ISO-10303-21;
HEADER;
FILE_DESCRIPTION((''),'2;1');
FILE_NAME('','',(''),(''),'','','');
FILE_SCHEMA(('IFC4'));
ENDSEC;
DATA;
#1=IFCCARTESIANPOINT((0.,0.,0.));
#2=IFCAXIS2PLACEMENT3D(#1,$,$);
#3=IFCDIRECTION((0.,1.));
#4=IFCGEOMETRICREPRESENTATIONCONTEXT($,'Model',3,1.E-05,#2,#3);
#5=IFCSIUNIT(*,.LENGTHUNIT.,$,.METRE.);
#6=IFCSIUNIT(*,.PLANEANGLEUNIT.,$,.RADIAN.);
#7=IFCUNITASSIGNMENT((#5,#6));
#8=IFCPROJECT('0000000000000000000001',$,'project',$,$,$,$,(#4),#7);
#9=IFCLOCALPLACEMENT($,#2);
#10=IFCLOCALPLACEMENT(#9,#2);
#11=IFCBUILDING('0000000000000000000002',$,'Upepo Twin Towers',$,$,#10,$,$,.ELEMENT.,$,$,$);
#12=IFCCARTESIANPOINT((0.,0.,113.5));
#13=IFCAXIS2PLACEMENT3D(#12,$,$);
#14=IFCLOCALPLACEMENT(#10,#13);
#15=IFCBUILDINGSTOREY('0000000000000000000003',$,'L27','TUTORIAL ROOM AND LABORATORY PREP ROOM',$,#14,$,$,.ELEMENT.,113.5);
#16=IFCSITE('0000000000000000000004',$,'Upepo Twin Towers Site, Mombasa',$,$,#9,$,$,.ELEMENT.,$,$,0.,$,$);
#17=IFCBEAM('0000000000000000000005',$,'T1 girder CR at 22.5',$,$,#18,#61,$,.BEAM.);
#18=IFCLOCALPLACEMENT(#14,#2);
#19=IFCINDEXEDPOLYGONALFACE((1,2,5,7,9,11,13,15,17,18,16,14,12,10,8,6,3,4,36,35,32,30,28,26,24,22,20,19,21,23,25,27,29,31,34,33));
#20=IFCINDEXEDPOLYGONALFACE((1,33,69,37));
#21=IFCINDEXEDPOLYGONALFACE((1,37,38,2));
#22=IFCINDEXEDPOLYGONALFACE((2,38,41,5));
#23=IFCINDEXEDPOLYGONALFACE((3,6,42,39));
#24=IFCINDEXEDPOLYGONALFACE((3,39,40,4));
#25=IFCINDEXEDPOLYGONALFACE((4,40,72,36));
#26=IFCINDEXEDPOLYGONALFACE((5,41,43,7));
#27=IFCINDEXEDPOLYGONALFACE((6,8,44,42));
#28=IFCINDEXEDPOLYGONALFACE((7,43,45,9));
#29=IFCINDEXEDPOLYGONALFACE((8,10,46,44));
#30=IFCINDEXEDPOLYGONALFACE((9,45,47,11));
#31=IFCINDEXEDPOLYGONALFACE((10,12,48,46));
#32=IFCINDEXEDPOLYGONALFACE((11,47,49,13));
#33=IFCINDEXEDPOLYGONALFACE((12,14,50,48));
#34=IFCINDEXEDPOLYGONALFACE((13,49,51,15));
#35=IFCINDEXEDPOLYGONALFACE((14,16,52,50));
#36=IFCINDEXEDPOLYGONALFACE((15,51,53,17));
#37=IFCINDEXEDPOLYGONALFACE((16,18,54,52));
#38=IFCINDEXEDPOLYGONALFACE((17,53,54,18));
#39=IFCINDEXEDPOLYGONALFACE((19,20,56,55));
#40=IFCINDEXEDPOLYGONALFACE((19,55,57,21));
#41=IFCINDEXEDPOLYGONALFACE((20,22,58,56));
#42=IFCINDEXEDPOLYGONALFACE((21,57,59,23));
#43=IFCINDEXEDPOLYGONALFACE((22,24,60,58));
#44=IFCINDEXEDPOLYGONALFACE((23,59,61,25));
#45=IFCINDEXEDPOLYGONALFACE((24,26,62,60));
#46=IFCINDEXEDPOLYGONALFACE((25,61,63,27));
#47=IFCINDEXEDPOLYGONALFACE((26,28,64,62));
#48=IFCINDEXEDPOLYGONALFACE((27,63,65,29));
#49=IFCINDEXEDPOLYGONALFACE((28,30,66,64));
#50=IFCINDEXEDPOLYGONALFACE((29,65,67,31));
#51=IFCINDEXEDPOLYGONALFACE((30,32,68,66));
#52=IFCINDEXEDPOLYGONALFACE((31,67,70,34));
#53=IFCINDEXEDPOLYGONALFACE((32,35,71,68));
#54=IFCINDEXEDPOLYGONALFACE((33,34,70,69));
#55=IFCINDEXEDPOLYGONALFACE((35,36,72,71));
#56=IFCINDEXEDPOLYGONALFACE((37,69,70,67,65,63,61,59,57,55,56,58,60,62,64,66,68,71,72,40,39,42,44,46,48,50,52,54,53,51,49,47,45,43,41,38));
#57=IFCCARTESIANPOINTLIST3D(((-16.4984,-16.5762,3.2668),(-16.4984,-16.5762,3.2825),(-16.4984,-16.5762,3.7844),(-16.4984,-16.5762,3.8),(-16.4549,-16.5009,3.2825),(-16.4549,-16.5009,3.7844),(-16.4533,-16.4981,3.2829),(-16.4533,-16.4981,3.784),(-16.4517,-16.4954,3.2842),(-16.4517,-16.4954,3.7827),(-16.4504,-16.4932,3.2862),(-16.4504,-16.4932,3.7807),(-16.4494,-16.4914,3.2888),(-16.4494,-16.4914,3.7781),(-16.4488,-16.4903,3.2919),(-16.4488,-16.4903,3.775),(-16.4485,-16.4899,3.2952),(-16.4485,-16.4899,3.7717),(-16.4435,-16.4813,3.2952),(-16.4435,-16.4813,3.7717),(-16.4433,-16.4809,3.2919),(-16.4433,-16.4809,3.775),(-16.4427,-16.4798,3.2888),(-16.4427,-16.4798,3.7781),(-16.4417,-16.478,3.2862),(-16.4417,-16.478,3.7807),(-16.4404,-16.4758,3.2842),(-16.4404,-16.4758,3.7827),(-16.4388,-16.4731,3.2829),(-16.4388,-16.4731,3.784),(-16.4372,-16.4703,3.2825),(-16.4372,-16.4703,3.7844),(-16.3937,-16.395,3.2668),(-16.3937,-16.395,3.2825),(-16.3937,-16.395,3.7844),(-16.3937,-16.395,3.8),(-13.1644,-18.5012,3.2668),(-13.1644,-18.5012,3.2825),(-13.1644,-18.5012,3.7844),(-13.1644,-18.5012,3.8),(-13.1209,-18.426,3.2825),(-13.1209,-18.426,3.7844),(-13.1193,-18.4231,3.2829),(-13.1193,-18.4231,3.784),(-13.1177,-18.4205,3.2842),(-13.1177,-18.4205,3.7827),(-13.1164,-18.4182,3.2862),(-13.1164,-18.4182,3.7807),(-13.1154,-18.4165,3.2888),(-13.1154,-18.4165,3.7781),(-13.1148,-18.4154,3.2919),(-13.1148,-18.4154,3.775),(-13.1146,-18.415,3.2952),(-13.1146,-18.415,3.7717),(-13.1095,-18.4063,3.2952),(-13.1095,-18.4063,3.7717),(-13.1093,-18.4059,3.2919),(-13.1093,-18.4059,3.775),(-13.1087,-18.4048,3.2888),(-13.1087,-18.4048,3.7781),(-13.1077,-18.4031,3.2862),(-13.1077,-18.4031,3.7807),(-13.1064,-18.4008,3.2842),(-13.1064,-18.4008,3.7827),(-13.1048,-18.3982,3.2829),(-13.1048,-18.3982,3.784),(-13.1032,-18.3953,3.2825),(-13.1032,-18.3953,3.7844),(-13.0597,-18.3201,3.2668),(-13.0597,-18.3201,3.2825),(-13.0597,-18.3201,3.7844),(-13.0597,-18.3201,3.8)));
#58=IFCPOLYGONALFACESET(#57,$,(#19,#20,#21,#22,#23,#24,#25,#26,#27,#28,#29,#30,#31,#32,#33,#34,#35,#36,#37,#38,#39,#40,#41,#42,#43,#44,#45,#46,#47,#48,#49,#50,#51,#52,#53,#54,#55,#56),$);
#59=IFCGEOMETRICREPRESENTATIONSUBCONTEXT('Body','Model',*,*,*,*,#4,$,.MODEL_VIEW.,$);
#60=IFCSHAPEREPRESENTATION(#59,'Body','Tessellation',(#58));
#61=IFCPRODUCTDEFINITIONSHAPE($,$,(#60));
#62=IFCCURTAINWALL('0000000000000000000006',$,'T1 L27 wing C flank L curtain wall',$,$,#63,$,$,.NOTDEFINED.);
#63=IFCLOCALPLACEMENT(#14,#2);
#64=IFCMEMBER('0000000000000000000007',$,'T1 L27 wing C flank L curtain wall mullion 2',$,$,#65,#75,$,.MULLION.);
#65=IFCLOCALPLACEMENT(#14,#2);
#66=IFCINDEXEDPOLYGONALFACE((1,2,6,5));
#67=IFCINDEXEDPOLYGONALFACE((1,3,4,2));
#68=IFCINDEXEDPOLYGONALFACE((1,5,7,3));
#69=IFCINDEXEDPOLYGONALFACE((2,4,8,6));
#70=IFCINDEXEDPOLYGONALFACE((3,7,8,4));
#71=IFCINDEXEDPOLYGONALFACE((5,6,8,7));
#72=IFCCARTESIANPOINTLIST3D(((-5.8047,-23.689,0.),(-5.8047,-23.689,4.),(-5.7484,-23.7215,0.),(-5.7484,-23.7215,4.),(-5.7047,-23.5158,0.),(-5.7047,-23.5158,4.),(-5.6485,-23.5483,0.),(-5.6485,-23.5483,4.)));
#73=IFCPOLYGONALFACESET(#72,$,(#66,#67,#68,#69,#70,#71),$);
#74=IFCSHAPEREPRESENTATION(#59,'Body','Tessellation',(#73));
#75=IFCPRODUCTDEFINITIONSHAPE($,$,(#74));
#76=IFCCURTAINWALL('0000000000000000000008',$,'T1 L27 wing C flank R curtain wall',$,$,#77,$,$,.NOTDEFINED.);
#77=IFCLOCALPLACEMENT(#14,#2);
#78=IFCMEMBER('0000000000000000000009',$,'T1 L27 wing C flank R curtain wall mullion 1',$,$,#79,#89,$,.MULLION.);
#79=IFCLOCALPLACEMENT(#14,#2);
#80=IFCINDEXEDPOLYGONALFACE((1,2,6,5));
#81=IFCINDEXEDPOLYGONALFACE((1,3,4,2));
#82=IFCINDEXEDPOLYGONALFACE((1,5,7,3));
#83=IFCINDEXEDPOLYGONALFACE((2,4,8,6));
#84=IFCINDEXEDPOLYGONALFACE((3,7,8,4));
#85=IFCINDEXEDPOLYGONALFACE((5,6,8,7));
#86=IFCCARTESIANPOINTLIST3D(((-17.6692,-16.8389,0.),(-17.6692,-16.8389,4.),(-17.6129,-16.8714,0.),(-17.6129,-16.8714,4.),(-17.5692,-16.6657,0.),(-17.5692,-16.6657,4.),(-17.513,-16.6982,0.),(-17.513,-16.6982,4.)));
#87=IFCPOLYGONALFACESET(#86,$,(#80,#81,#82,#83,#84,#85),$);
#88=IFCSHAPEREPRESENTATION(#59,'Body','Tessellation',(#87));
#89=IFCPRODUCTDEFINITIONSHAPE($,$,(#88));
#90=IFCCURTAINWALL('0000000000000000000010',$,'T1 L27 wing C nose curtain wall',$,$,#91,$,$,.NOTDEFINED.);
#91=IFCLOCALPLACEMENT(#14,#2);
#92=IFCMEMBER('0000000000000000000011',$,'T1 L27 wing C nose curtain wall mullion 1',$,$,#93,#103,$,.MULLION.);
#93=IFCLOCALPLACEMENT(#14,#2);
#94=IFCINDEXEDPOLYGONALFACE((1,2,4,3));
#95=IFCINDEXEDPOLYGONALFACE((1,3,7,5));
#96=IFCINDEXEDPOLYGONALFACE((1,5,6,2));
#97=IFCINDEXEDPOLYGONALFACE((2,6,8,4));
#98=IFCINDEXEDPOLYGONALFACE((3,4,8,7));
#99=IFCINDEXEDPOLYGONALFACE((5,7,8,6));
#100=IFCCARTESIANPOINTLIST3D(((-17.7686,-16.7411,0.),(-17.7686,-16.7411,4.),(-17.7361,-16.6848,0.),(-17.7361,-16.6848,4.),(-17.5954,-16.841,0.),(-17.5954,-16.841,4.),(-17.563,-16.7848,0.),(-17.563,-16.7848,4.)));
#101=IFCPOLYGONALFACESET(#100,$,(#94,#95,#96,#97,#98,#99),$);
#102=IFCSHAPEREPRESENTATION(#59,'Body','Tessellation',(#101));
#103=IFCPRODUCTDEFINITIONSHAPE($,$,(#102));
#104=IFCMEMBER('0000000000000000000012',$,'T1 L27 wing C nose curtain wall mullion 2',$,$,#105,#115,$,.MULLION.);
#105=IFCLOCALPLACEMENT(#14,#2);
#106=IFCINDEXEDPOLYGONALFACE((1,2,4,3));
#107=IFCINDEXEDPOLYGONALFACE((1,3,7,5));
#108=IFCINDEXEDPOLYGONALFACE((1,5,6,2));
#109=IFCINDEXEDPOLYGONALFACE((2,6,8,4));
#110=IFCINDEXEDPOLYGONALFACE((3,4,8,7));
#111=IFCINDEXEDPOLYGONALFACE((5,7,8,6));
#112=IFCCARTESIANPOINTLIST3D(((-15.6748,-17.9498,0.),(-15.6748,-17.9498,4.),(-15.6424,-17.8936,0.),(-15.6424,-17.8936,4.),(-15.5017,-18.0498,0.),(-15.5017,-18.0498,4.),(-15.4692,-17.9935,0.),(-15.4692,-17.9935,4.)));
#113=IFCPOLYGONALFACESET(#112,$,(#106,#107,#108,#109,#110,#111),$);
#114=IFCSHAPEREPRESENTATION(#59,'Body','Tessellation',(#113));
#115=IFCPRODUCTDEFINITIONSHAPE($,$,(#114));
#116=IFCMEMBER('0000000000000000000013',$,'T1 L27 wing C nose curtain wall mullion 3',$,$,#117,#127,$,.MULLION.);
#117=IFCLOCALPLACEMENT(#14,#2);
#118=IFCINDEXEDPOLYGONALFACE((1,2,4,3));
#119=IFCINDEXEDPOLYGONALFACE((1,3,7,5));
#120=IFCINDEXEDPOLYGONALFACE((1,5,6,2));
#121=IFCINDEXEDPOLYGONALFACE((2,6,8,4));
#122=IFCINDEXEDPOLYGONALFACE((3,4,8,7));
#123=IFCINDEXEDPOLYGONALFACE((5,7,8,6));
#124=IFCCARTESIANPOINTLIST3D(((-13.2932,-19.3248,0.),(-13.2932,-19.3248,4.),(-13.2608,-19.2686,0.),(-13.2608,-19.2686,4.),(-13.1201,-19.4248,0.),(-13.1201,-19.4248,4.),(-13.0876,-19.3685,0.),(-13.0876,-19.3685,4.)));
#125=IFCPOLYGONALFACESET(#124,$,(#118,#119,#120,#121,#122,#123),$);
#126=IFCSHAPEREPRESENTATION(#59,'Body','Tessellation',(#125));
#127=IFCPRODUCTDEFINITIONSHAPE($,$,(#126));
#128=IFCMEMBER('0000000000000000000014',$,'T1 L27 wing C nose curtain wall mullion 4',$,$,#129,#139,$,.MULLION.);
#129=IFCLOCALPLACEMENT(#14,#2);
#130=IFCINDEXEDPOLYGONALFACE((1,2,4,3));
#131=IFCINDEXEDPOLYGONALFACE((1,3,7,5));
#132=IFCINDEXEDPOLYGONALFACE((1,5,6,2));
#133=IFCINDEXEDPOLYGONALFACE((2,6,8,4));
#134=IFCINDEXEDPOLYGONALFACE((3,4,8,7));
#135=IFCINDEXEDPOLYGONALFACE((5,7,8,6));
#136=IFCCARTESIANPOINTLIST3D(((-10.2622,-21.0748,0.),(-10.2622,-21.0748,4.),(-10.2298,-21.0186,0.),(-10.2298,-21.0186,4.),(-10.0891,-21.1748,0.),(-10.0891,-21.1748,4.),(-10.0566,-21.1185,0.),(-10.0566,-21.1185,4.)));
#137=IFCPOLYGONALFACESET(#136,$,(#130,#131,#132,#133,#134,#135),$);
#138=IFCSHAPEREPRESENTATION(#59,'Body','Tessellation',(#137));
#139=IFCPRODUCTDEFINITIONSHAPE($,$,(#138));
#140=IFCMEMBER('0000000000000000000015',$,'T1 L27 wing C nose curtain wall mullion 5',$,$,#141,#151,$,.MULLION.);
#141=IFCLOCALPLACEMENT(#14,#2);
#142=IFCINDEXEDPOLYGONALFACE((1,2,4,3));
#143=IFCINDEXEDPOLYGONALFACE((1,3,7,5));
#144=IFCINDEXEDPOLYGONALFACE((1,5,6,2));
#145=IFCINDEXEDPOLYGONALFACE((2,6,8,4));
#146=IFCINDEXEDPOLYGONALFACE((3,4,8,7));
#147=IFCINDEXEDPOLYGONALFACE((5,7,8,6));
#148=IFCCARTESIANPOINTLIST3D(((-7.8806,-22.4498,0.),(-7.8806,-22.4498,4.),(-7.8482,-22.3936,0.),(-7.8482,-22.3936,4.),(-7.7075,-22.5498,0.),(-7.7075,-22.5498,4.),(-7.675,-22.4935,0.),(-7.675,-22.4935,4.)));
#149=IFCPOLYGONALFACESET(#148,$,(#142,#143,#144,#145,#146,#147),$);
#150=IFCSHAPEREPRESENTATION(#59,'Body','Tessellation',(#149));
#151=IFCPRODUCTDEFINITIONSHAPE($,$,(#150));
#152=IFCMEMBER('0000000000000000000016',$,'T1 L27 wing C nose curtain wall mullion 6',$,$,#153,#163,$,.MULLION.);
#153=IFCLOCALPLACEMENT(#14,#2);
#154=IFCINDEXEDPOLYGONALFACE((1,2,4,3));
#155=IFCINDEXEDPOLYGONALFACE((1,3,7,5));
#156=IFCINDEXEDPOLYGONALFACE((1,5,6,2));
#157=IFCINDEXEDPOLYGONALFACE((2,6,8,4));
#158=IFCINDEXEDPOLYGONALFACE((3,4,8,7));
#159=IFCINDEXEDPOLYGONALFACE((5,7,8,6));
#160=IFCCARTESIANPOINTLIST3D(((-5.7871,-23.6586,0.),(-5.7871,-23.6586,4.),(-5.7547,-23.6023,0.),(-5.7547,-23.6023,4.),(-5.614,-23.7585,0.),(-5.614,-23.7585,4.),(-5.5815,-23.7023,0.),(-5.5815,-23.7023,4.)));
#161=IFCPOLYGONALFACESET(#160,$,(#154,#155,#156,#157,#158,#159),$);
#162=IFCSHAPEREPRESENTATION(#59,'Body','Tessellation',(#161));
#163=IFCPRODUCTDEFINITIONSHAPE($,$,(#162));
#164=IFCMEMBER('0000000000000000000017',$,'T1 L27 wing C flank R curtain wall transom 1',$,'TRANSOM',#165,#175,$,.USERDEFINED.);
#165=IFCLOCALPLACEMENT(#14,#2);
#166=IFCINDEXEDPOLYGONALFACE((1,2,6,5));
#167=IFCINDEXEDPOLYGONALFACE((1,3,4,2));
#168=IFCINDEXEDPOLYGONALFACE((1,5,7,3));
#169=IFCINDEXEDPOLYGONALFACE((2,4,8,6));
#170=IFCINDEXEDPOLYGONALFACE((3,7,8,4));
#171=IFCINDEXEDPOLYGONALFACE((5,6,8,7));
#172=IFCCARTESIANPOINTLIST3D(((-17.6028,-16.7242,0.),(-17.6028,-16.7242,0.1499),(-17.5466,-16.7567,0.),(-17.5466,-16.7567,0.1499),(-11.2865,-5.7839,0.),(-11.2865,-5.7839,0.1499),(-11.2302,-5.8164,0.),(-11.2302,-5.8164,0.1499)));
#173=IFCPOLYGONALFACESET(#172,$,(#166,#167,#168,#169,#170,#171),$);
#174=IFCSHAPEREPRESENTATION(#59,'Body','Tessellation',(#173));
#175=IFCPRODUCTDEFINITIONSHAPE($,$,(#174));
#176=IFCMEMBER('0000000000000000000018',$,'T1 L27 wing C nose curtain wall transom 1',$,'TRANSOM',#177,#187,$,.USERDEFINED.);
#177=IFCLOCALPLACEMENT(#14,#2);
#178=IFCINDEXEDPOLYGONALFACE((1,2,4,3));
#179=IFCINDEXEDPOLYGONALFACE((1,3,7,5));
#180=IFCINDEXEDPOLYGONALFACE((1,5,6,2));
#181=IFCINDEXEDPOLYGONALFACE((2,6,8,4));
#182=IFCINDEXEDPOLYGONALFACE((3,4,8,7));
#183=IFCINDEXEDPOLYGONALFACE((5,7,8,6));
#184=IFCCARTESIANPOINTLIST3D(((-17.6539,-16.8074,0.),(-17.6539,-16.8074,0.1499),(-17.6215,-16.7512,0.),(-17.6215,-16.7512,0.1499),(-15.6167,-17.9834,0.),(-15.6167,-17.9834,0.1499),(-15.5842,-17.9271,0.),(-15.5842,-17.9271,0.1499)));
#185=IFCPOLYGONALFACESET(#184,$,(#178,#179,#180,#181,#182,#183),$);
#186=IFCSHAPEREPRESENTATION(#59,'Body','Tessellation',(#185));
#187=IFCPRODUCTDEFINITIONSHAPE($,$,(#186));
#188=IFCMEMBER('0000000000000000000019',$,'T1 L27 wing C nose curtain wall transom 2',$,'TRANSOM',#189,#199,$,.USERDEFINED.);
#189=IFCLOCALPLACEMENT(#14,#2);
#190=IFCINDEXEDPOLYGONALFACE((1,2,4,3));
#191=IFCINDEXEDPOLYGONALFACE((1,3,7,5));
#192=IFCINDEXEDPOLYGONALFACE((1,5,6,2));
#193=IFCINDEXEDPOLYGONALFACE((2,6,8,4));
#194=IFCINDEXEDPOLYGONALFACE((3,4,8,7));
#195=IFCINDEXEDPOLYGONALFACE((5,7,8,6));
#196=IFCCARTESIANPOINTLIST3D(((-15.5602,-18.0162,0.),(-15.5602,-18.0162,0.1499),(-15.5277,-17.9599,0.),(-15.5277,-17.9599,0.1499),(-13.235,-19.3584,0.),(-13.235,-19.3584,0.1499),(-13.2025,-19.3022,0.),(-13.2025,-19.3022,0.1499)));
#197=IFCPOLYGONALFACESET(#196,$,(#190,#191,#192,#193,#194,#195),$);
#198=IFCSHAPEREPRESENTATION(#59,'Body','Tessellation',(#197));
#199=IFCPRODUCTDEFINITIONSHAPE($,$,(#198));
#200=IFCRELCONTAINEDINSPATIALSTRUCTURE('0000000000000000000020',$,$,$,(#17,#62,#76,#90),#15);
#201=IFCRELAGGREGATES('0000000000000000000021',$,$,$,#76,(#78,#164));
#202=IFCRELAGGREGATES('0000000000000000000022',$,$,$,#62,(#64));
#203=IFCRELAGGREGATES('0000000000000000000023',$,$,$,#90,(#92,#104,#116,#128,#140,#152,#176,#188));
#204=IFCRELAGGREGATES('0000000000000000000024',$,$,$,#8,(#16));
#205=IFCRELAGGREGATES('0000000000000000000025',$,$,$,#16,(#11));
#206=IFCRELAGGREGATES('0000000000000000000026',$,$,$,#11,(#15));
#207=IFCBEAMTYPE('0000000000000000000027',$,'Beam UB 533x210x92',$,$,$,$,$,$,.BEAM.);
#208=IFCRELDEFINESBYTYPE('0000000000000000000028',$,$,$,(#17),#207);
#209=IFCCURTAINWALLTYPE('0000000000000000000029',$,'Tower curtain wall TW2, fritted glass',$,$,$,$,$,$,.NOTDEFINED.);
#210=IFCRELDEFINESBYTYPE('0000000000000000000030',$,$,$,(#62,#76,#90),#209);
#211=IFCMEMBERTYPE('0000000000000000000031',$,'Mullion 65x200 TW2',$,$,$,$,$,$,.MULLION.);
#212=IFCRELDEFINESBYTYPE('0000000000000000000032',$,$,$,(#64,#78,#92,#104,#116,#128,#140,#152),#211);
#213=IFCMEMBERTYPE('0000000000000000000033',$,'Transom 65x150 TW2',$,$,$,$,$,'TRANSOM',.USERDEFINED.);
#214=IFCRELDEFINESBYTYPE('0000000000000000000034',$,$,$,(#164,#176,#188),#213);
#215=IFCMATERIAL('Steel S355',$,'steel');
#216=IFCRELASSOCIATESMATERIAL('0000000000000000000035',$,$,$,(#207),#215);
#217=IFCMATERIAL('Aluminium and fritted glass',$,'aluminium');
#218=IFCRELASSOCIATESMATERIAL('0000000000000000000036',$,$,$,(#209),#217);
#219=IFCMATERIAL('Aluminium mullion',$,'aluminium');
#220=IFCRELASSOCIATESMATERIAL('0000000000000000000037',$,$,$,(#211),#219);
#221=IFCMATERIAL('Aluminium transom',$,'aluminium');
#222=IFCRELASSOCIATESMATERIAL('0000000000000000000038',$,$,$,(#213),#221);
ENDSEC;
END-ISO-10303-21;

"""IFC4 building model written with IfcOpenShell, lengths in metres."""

from ifc_helpers import new_model, si_unit, direction, frame, origin, origin_2d, place, context, subcontext, project, spatial, rectangle, i_section, extrude, material, material_profile, profile_set, type_object, element, aggregate, save


model = new_model("IFC4")

# Units and contexts
model_context = context("Model", 3, precision=1e-05, world=origin(), true_north=direction((0.0, 1.0)))
body_context = subcontext(model_context, "Body", "Model", "MODEL_VIEW")
ifc_project = project(units=[si_unit("LENGTHUNIT", "METRE"), si_unit("PLANEANGLEUNIT", "RADIAN")], contexts=[model_context])

# Site, building, storey
site_placement = place(None, origin())
site = spatial("IfcSite", under=ifc_project, at=site_placement, Name="Upepo Twin Towers Site, Mombasa", CompositionType="ELEMENT", RefElevation=0.0)
building_placement = place(site_placement, origin())
building = spatial("IfcBuilding", under=site, at=building_placement, Name="Upepo Twin Towers", CompositionType="ELEMENT")
storey_placement = place(building_placement, frame((0.0, 0.0, 113.5)))
storey = spatial("IfcBuildingStorey", under=building, at=storey_placement, Name="L27", Description="TUTORIAL ROOM AND LABORATORY PREP ROOM", CompositionType="ELEMENT", Elevation=113.5)

# Beam
ifc_material_1 = material(Name="Steel S355", Category="steel")
ifc_material_profile_1 = material_profile(ifc_material_1, i_section(OverallWidth=0.2092, OverallDepth=0.5332, WebThickness=0.01, FlangeThickness=0.0156, FilletRadius=0.0127, at=origin_2d()), Name="UB 533x210x92")
ifc_profile_set_1 = profile_set([ifc_material_profile_1], Name="Steel S355")
beam_type_1 = type_object("IfcBeamType", Name="Beam UB 533x210x92", PredefinedType="BEAM", material=ifc_profile_set_1)
for number, where, z_axis, x_axis, name in (
    (1, (-16.446, -16.4856, 3.5334), (0.866006, -0.500034, 0.0), (0.500034, 0.866006, 0.0), "T1 girder CR at 22.5"),
):
    element("IfcBeam", number, at=place(storey_placement, frame(where, z_axis=z_axis, x_axis=x_axis)), inside=storey, type_object=beam_type_1, Name=name, PredefinedType="BEAM", context=body_context, shape_type="SweptSolid", body=[
        extrude(i_section(OverallWidth=0.2092, OverallDepth=0.5332, WebThickness=0.01, FlangeThickness=0.0156, FilletRadius=0.0127, at=origin_2d()), origin(), (0.0, 0.0, 1.0), 3.8499),
    ])

# Curtain walls, members
ifc_material_2 = material(Name="Aluminium and fritted glass", Category="aluminium")
curtain_wall_type = type_object("IfcCurtainWallType", Name="Tower curtain wall TW2, fritted glass", PredefinedType="NOTDEFINED", material=ifc_material_2)
curtain_wall_1_placement = place(storey_placement, origin())
curtain_wall_1 = element("IfcCurtainWall", 2, at=curtain_wall_1_placement, inside=storey, type_object=curtain_wall_type, Name="T1 L27 wing C flank L curtain wall", PredefinedType="NOTDEFINED")
ifc_material_3 = material(Name="Aluminium mullion", Category="aluminium")
ifc_material_profile_2 = material_profile(ifc_material_3, rectangle(XDim=0.0649, YDim=0.2, at=origin_2d()), Name="MULLION 65x200")
ifc_profile_set_2 = profile_set([ifc_material_profile_2], Name="Aluminium mullion")
member_type_1 = type_object("IfcMemberType", Name="Mullion 65x200 TW2", PredefinedType="MULLION", material=ifc_profile_set_2)
member_1_placement = place(storey_placement, frame((-5.7266, -23.6187, 0.0), z_axis=(0.0, 0.0, 1.0), x_axis=(0.866025, -0.5, 0.0)))
member_1 = element("IfcMember", 3, at=member_1_placement, type_object=member_type_1, Name="T1 L27 wing C flank L curtain wall mullion 2", PredefinedType="MULLION", context=body_context, shape_type="SweptSolid", body=[
    extrude(rectangle(XDim=0.0649, YDim=0.2, at=origin_2d()), origin(), (0.0, 0.0, 1.0), 4.0),
])
curtain_wall_2_placement = place(storey_placement, origin())
curtain_wall_2 = element("IfcCurtainWall", 4, at=curtain_wall_2_placement, inside=storey, type_object=curtain_wall_type, Name="T1 L27 wing C flank R curtain wall", PredefinedType="NOTDEFINED")
member_2_placement = place(storey_placement, frame((-17.5911, -16.7686, 0.0), z_axis=(0.0, 0.0, 1.0), x_axis=(-0.866025, 0.5, 0.0)))
member_2 = element("IfcMember", 5, at=member_2_placement, type_object=member_type_1, Name="T1 L27 wing C flank R curtain wall mullion 1", PredefinedType="MULLION", context=body_context, shape_type="SweptSolid", body=[
    extrude(rectangle(XDim=0.0649, YDim=0.2, at=origin_2d()), origin(), (0.0, 0.0, 1.0), 4.0),
])

# Curtain wall, members
curtain_wall_3_placement = place(storey_placement, origin())
curtain_wall_3 = element("IfcCurtainWall", 6, at=curtain_wall_3_placement, inside=storey, type_object=curtain_wall_type, Name="T1 L27 wing C nose curtain wall", PredefinedType="NOTDEFINED")
member_3_placement = place(storey_placement, frame((-17.6658, -16.7629, 0.0), z_axis=(0.0, 0.0, 1.0), x_axis=(0.5, 0.866025, 0.0)))
member_3 = element("IfcMember", 7, at=member_3_placement, type_object=member_type_1, Name="T1 L27 wing C nose curtain wall mullion 1", PredefinedType="MULLION", context=body_context, shape_type="SweptSolid", body=[
    extrude(rectangle(XDim=0.0649, YDim=0.2, at=origin_2d()), origin(), (0.0, 0.0, 1.0), 4.0),
])
member_4_placement = place(storey_placement, frame((-15.572, -17.9717, 0.0), z_axis=(0.0, 0.0, 1.0), x_axis=(0.5, 0.866025, 0.0)))
member_4 = element("IfcMember", 8, at=member_4_placement, type_object=member_type_1, Name="T1 L27 wing C nose curtain wall mullion 2", PredefinedType="MULLION", context=body_context, shape_type="SweptSolid", body=[
    extrude(rectangle(XDim=0.0649, YDim=0.2, at=origin_2d()), origin(), (0.0, 0.0, 1.0), 4.0),
])
member_5_placement = place(storey_placement, frame((-13.1904, -19.3467, 0.0), z_axis=(0.0, 0.0, 1.0), x_axis=(0.5, 0.866025, 0.0)))
member_5 = element("IfcMember", 9, at=member_5_placement, type_object=member_type_1, Name="T1 L27 wing C nose curtain wall mullion 3", PredefinedType="MULLION", context=body_context, shape_type="SweptSolid", body=[
    extrude(rectangle(XDim=0.0649, YDim=0.2, at=origin_2d()), origin(), (0.0, 0.0, 1.0), 4.0),
])
member_6_placement = place(storey_placement, frame((-10.1594, -21.0967, 0.0), z_axis=(0.0, 0.0, 1.0), x_axis=(0.5, 0.866025, 0.0)))
member_6 = element("IfcMember", 10, at=member_6_placement, type_object=member_type_1, Name="T1 L27 wing C nose curtain wall mullion 4", PredefinedType="MULLION", context=body_context, shape_type="SweptSolid", body=[
    extrude(rectangle(XDim=0.0649, YDim=0.2, at=origin_2d()), origin(), (0.0, 0.0, 1.0), 4.0),
])
member_7_placement = place(storey_placement, frame((-7.7778, -22.4717, 0.0), z_axis=(0.0, 0.0, 1.0), x_axis=(0.5, 0.866025, 0.0)))
member_7 = element("IfcMember", 11, at=member_7_placement, type_object=member_type_1, Name="T1 L27 wing C nose curtain wall mullion 5", PredefinedType="MULLION", context=body_context, shape_type="SweptSolid", body=[
    extrude(rectangle(XDim=0.0649, YDim=0.2, at=origin_2d()), origin(), (0.0, 0.0, 1.0), 4.0),
])
member_8_placement = place(storey_placement, frame((-5.6843, -23.6804, 0.0), z_axis=(0.0, 0.0, 1.0), x_axis=(0.5, 0.866025, 0.0)))
member_8 = element("IfcMember", 12, at=member_8_placement, type_object=member_type_1, Name="T1 L27 wing C nose curtain wall mullion 6", PredefinedType="MULLION", context=body_context, shape_type="SweptSolid", body=[
    extrude(rectangle(XDim=0.0649, YDim=0.2, at=origin_2d()), origin(), (0.0, 0.0, 1.0), 4.0),
])

# Members
ifc_material_4 = material(Name="Aluminium transom", Category="aluminium")
ifc_material_profile_3 = material_profile(ifc_material_4, rectangle(XDim=0.0649, YDim=0.1499, at=origin_2d()), Name="TRANSOM 65x150")
ifc_profile_set_3 = profile_set([ifc_material_profile_3], Name="Aluminium transom")
member_type_2 = type_object("IfcMemberType", Name="Transom 65x150 TW2", ElementType="TRANSOM", PredefinedType="USERDEFINED", material=ifc_profile_set_3)
member_9_placement = place(storey_placement, frame((-17.5747, -16.7405, 0.075), z_axis=(0.499997, 0.866027, 0.0), x_axis=(-0.866027, 0.499997, 0.0)))
member_9 = element("IfcMember", 13, at=member_9_placement, type_object=member_type_2, Name="T1 L27 wing C flank R curtain wall transom 1", ObjectType="TRANSOM", PredefinedType="USERDEFINED", context=body_context, shape_type="SweptSolid", body=[
    extrude(rectangle(XDim=0.0649, YDim=0.1499, at=origin_2d()), origin(), (0.0, 0.0, 1.0), 12.6328),
])
aggregate(curtain_wall_2, [member_2, member_9])
member_10_placement = place(storey_placement, frame((-17.6377, -16.7793, 0.075), z_axis=(0.86607, -0.499923, 0.0), x_axis=(0.499923, 0.86607, 0.0)))
member_10 = element("IfcMember", 14, at=member_10_placement, type_object=member_type_2, Name="T1 L27 wing C nose curtain wall transom 1", ObjectType="TRANSOM", PredefinedType="USERDEFINED", context=body_context, shape_type="SweptSolid", body=[
    extrude(rectangle(XDim=0.0649, YDim=0.1499, at=origin_2d()), origin(), (0.0, 0.0, 1.0), 2.3523),
])
member_11_placement = place(storey_placement, frame((-15.5439, -17.988, 0.075), z_axis=(0.866052, -0.499953, 0.0), x_axis=(0.499953, 0.866052, 0.0)))
member_11 = element("IfcMember", 15, at=member_11_placement, type_object=member_type_2, Name="T1 L27 wing C nose curtain wall transom 2", ObjectType="TRANSOM", PredefinedType="USERDEFINED", context=body_context, shape_type="SweptSolid", body=[
    extrude(rectangle(XDim=0.0649, YDim=0.1499, at=origin_2d()), origin(), (0.0, 0.0, 1.0), 2.6848),
])

aggregate(curtain_wall_1, [member_1])
aggregate(curtain_wall_3, [member_3, member_4, member_5, member_6, member_7, member_8, member_10, member_11])

save(model, "model.ifc")
